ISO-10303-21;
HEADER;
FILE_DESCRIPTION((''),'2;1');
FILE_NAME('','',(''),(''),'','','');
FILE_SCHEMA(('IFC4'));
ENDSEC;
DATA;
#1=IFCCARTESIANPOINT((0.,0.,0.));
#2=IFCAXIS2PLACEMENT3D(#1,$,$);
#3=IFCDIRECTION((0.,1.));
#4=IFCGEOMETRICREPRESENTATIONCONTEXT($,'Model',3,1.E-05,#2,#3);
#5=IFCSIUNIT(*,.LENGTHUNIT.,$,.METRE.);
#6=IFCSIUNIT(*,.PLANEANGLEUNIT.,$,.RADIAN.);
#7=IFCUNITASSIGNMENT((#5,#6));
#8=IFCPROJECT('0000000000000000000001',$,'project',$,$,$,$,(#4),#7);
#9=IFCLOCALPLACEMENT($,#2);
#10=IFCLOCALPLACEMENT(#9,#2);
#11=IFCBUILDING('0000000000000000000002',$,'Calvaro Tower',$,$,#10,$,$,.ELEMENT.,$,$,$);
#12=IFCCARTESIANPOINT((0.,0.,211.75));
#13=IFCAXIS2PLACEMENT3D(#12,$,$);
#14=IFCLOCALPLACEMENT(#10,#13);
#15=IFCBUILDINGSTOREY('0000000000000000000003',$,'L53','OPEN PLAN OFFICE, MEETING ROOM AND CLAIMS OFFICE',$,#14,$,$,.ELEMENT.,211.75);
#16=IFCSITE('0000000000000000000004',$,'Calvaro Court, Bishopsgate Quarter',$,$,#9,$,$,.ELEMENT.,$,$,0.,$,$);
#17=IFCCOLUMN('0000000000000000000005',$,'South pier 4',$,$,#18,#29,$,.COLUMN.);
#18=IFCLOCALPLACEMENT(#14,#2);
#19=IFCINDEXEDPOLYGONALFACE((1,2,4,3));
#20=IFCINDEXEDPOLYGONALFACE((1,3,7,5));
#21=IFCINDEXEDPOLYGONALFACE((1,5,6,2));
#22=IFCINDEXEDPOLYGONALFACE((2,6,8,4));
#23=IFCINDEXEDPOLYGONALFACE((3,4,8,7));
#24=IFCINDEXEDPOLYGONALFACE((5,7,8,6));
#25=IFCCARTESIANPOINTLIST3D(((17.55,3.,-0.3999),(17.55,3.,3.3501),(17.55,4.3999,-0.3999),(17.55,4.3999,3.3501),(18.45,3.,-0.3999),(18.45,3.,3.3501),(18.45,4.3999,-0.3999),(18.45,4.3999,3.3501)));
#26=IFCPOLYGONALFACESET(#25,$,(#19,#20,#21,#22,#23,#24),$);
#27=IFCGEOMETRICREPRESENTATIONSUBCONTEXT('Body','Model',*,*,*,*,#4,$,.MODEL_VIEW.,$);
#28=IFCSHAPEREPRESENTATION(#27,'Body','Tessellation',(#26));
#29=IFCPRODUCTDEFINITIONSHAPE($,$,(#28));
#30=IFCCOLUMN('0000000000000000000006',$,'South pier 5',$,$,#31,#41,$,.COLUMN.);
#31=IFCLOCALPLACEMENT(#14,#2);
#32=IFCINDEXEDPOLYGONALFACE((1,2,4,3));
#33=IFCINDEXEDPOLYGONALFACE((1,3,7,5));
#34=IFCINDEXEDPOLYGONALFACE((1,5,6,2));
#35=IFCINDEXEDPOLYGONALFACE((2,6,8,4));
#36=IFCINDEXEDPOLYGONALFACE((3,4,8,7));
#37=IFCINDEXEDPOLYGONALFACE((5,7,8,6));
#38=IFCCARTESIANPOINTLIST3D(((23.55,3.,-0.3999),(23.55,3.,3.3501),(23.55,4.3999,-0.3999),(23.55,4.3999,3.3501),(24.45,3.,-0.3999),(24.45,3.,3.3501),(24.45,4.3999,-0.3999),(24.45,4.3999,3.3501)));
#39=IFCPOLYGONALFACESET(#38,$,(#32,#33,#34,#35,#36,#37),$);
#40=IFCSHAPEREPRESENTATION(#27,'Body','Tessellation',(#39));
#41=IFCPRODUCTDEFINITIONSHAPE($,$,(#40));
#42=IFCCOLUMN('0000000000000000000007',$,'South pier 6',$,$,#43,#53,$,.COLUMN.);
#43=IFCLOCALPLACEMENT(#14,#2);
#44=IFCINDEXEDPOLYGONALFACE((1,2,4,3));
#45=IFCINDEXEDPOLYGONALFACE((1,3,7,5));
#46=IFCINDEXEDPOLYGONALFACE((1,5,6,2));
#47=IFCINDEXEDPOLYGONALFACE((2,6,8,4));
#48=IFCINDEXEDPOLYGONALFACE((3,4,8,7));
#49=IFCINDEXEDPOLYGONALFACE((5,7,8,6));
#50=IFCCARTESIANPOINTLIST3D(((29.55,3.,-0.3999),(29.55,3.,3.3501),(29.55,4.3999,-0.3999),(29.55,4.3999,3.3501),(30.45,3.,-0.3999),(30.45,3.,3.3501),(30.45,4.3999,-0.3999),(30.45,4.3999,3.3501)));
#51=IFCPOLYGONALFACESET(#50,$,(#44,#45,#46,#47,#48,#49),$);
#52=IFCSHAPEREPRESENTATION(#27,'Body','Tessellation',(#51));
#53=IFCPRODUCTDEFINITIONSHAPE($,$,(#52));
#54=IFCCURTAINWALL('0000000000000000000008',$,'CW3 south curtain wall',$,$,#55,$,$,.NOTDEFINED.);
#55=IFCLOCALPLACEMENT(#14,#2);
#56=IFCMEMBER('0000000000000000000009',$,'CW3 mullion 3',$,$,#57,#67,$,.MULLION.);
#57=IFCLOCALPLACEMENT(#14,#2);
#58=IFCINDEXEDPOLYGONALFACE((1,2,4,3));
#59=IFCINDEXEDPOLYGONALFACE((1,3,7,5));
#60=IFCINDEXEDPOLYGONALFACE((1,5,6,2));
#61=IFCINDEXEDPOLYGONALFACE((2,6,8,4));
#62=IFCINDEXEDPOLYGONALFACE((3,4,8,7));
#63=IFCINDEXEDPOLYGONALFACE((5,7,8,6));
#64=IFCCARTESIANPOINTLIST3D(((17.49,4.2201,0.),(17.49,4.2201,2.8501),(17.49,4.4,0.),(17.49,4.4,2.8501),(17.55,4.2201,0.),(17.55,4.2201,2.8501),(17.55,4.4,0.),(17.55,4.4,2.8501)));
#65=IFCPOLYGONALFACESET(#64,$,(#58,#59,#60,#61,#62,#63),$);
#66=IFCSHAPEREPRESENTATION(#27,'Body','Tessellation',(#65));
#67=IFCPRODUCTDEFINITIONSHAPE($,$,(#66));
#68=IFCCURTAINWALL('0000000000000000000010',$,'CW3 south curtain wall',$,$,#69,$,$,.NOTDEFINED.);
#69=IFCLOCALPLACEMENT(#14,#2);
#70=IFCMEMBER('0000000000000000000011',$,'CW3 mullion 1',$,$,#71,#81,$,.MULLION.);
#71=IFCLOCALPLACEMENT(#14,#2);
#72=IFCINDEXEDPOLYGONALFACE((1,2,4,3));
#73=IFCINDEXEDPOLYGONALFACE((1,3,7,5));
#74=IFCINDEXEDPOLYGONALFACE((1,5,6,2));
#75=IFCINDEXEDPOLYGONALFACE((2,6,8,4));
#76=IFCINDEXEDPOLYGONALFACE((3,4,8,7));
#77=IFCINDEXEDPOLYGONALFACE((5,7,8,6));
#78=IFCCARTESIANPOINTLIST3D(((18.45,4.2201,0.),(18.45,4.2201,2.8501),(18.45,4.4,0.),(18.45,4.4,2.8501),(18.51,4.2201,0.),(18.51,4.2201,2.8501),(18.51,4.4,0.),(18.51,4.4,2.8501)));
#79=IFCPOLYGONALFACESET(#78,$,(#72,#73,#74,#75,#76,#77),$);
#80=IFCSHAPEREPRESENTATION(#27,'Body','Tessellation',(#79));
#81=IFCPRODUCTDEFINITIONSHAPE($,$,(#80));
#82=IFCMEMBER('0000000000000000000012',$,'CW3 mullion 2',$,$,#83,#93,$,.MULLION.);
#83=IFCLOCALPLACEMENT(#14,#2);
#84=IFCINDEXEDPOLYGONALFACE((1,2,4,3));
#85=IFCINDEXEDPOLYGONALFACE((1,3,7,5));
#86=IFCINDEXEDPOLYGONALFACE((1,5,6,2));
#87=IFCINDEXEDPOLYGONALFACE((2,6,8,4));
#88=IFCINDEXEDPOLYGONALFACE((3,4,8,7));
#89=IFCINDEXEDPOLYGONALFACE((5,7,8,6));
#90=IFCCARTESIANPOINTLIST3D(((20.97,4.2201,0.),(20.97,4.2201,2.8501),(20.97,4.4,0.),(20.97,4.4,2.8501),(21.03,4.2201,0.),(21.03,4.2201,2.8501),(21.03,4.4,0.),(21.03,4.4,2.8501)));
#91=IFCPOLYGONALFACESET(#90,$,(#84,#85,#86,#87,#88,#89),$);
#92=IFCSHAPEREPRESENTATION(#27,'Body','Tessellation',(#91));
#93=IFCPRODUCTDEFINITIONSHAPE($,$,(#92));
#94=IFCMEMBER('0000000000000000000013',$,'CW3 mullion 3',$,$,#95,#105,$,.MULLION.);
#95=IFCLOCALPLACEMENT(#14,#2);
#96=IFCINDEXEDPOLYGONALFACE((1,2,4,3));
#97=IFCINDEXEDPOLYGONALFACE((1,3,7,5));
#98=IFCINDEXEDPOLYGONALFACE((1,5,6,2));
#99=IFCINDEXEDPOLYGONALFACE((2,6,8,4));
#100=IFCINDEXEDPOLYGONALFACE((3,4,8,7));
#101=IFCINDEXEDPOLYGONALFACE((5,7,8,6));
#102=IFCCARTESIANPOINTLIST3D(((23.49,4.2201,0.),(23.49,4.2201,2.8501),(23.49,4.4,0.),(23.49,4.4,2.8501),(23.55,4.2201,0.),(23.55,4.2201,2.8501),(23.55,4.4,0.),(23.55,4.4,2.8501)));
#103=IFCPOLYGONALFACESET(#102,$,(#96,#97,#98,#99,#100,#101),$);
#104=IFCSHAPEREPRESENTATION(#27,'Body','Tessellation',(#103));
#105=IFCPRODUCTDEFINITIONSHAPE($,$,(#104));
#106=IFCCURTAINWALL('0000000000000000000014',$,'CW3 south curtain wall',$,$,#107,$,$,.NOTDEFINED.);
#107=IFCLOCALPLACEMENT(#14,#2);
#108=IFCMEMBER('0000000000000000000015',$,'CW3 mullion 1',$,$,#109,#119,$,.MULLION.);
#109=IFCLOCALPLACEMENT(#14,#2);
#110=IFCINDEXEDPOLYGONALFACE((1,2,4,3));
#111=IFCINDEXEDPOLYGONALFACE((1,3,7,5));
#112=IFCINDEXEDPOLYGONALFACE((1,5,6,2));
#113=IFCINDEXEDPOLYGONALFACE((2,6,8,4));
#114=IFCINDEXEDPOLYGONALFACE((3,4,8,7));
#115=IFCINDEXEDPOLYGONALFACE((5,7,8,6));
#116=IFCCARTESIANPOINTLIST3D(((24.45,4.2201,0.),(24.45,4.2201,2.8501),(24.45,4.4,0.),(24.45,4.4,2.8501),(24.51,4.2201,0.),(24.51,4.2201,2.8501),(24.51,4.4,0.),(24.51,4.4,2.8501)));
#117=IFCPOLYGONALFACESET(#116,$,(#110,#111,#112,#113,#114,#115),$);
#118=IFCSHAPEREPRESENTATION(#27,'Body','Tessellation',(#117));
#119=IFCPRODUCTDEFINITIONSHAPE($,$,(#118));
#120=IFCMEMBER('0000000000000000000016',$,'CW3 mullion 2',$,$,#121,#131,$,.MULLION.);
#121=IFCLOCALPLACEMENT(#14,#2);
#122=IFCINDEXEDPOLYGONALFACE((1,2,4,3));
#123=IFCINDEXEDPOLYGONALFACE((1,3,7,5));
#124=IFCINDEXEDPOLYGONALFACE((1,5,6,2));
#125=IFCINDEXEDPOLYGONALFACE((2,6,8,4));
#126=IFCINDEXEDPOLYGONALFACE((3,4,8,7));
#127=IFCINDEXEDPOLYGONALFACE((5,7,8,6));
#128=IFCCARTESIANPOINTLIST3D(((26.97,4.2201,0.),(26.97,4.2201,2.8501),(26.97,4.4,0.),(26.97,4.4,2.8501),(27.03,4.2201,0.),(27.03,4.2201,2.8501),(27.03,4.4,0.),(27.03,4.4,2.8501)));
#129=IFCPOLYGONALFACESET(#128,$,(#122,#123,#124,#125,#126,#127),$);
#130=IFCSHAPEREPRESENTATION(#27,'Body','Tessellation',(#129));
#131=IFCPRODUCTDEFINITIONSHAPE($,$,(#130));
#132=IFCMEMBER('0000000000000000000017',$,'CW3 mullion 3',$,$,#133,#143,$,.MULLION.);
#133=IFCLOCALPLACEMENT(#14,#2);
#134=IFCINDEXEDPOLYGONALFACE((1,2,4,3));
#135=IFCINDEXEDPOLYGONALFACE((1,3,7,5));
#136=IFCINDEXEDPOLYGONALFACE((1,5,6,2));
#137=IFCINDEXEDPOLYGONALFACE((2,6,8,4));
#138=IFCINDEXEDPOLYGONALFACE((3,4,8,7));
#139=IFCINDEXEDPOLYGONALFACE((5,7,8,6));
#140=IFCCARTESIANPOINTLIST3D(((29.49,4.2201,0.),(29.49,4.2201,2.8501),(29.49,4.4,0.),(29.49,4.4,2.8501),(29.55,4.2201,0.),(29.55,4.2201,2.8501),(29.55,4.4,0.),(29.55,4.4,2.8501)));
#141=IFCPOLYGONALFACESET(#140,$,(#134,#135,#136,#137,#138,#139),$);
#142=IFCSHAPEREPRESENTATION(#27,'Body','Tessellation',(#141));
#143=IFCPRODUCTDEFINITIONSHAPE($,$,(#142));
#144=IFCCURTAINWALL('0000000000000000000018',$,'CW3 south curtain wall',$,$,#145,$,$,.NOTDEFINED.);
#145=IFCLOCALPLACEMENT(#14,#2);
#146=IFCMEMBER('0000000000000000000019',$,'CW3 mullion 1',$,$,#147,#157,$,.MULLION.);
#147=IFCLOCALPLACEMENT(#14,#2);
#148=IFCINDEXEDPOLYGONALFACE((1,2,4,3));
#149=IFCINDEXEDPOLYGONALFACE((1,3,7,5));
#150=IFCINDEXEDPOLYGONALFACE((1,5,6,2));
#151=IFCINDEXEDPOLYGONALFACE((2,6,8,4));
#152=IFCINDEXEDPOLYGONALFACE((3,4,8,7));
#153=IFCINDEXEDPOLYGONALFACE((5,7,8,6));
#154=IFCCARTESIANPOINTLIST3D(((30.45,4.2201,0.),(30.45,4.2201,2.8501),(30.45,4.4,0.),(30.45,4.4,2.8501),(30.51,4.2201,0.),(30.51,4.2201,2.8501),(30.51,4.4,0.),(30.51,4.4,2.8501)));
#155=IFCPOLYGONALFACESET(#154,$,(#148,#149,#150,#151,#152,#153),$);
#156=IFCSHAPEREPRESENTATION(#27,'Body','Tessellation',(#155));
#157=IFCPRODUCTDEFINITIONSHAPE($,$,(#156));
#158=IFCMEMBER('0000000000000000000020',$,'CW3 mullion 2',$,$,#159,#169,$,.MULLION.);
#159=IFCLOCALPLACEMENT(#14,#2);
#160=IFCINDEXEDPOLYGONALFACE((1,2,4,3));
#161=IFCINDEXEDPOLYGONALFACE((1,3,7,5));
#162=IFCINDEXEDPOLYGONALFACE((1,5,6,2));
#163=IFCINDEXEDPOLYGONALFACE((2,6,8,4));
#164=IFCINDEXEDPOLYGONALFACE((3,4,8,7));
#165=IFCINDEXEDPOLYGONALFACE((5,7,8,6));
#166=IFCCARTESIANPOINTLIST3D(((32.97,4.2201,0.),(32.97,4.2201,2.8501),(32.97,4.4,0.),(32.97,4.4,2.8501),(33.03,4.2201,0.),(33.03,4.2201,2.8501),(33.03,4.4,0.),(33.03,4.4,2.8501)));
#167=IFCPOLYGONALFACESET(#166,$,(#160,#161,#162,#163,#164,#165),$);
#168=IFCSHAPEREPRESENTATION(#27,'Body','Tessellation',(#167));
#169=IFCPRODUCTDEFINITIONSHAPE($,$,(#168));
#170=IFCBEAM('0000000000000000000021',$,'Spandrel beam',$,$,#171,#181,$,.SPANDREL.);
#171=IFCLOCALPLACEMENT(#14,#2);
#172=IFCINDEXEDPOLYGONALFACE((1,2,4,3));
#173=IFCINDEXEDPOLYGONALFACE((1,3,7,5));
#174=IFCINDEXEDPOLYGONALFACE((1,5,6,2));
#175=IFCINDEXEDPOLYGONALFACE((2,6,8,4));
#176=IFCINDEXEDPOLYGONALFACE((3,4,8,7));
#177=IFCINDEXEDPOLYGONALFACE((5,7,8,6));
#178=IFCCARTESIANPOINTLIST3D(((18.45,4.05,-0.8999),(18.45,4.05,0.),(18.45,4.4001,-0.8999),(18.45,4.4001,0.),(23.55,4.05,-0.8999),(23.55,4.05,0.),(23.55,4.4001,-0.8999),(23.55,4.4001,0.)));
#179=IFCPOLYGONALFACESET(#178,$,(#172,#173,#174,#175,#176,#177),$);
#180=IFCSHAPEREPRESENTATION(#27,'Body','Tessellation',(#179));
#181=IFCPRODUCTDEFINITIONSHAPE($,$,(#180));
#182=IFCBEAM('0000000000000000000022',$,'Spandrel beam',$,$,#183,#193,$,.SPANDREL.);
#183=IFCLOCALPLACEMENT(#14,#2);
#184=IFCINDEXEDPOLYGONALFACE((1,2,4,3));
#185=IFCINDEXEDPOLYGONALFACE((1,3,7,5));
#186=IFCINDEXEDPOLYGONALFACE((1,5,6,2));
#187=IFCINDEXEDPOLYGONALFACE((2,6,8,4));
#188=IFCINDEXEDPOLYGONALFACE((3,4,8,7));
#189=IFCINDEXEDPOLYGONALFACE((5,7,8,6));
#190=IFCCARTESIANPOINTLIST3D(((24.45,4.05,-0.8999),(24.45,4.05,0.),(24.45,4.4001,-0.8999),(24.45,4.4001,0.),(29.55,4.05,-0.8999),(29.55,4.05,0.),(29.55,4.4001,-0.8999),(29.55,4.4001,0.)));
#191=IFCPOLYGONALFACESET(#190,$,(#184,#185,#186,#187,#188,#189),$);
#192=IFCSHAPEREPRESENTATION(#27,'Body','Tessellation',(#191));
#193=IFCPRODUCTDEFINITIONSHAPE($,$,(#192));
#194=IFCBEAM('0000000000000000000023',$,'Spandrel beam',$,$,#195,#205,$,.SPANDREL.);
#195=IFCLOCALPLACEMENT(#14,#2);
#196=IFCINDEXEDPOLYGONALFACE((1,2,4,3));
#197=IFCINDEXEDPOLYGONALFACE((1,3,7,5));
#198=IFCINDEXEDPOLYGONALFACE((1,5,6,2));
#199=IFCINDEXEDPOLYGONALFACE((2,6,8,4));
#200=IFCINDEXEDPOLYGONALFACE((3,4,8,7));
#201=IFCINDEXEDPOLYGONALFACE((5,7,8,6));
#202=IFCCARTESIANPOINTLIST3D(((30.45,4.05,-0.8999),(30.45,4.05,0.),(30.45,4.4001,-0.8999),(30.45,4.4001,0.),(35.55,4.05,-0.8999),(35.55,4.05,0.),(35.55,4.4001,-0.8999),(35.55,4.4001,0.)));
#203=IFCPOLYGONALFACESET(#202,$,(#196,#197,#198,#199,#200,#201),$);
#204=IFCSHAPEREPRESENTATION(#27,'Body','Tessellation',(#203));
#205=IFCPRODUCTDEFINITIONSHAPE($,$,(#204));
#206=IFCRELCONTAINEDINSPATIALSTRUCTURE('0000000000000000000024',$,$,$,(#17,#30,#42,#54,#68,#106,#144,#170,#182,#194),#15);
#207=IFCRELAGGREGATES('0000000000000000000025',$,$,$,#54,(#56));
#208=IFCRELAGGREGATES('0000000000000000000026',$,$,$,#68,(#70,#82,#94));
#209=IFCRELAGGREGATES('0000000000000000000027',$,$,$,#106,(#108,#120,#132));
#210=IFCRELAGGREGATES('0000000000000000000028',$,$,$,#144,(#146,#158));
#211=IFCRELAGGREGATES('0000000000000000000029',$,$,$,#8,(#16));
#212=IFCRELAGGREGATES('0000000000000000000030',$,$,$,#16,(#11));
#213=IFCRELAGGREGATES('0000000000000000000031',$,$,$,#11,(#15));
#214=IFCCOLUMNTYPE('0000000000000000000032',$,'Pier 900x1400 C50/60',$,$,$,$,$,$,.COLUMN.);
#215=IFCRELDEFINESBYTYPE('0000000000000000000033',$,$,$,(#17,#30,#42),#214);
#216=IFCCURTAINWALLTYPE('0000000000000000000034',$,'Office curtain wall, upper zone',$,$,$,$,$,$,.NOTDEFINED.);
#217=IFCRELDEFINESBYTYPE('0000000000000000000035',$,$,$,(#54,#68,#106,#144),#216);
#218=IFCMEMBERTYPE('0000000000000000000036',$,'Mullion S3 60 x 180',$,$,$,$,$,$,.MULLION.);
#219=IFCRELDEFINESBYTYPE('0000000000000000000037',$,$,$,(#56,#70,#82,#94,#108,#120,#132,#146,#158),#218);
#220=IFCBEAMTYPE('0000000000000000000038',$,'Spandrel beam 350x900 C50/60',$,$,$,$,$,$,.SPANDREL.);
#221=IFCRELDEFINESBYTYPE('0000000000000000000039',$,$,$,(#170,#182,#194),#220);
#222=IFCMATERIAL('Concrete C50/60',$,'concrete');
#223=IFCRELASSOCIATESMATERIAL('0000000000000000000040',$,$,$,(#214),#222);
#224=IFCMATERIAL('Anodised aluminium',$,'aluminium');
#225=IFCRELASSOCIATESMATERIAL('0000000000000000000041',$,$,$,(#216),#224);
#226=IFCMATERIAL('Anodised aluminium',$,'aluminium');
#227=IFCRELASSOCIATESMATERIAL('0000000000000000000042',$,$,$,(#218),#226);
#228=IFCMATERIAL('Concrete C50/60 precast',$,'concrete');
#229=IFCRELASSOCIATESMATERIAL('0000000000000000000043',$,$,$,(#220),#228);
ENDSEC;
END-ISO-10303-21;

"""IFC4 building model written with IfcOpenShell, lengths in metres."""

from ifc_helpers import new_model, si_unit, direction, frame, origin, origin_2d, place, context, subcontext, project, spatial, rectangle, extrude, material, material_profile, profile_set, type_object, element, aggregate, save


model = new_model("IFC4")

# Units and contexts
model_context = context("Model", 3, precision=1e-05, world=origin(), true_north=direction((0.0, 1.0)))
body_context = subcontext(model_context, "Body", "Model", "MODEL_VIEW")
ifc_project = project(units=[si_unit("LENGTHUNIT", "METRE"), si_unit("PLANEANGLEUNIT", "RADIAN")], contexts=[model_context])

# Site, building, storey
site_placement = place(None, origin())
site = spatial("IfcSite", under=ifc_project, at=site_placement, Name="Calvaro Court, Bishopsgate Quarter", CompositionType="ELEMENT", RefElevation=0.0)
building_placement = place(site_placement, origin())
building = spatial("IfcBuilding", under=site, at=building_placement, Name="Calvaro Tower", CompositionType="ELEMENT")
storey_placement = place(building_placement, frame((0.0, 0.0, 211.75)))
storey = spatial("IfcBuildingStorey", under=building, at=storey_placement, Name="L53", Description="OPEN PLAN OFFICE, MEETING ROOM AND CLAIMS OFFICE", CompositionType="ELEMENT", Elevation=211.75)

# Columns
ifc_material_1 = material(Name="Concrete C50/60", Category="concrete")
ifc_material_profile_1 = material_profile(ifc_material_1, rectangle(XDim=0.8999, YDim=1.3999, at=origin_2d()), Name="RC 900x1400")
ifc_profile_set_1 = profile_set([ifc_material_profile_1], Name="Concrete C50/60")
column_type = type_object("IfcColumnType", Name="Pier 900x1400 C50/60", PredefinedType="COLUMN", material=ifc_profile_set_1)
for number, where, z_axis, x_axis, name in (
    (1, (18.0, 3.7, -0.3999), (0.0, 0.0, 1.0), (1.0, 0.0, 0.0), "South pier 4"),
    (2, (24.0, 3.7, -0.3999), (0.0, 0.0, 1.0), (1.0, 0.0, 0.0), "South pier 5"),
    (3, (30.0, 3.7, -0.3999), (0.0, 0.0, 1.0), (1.0, 0.0, 0.0), "South pier 6"),
):
    element("IfcColumn", number, at=place(storey_placement, frame(where, z_axis=z_axis, x_axis=x_axis)), inside=storey, type_object=column_type, Name=name, PredefinedType="COLUMN", context=body_context, shape_type="SweptSolid", body=[
        extrude(rectangle(XDim=0.8999, YDim=1.3999, at=origin_2d()), origin(), (0.0, 0.0, 1.0), 3.75),
    ])

# Curtain wall, member
ifc_material_2 = material(Name="Anodised aluminium", Category="aluminium")
curtain_wall_type = type_object("IfcCurtainWallType", Name="Office curtain wall, upper zone", PredefinedType="NOTDEFINED", material=ifc_material_2)
curtain_wall_1_placement = place(storey_placement, origin())
curtain_wall_1 = element("IfcCurtainWall", 4, at=curtain_wall_1_placement, inside=storey, type_object=curtain_wall_type, Name="CW3 south curtain wall", PredefinedType="NOTDEFINED")
ifc_material_3 = material(Name="Anodised aluminium", Category="aluminium")
ifc_material_profile_2 = material_profile(ifc_material_3, rectangle(XDim=0.1799, YDim=0.0601, at=origin_2d()), Name="Mullion S3 60 x 180")
ifc_profile_set_2 = profile_set([ifc_material_profile_2], Name="Anodised aluminium")
member_type_1 = type_object("IfcMemberType", Name="Mullion S3 60 x 180", PredefinedType="MULLION", material=ifc_profile_set_2)
member_1_placement = place(storey_placement, frame((17.52, 4.3101, 0.0), z_axis=(0.0, 0.0, 1.0), x_axis=(0.0, 1.0, 0.0)))
member_1 = element("IfcMember", 5, at=member_1_placement, type_object=member_type_1, Name="CW3 mullion 3", PredefinedType="MULLION", context=body_context, shape_type="SweptSolid", body=[
    extrude(rectangle(XDim=0.1799, YDim=0.0601, at=origin_2d()), origin(), (0.0, 0.0, 1.0), 2.8501),
])
aggregate(curtain_wall_1, [member_1])

# Curtain walls, members
curtain_wall_2_placement = place(storey_placement, origin())
curtain_wall_2 = element("IfcCurtainWall", 6, at=curtain_wall_2_placement, inside=storey, type_object=curtain_wall_type, Name="CW3 south curtain wall", PredefinedType="NOTDEFINED")
member_2_placement = place(storey_placement, frame((18.48, 4.3101, 0.0), z_axis=(0.0, 0.0, 1.0), x_axis=(0.0, 1.0, 0.0)))
member_2 = element("IfcMember", 7, at=member_2_placement, type_object=member_type_1, Name="CW3 mullion 1", PredefinedType="MULLION", context=body_context, shape_type="SweptSolid", body=[
    extrude(rectangle(XDim=0.1799, YDim=0.0601, at=origin_2d()), origin(), (0.0, 0.0, 1.0), 2.8501),
])
member_3_placement = place(storey_placement, frame((21.0, 4.3101, 0.0), z_axis=(0.0, 0.0, 1.0), x_axis=(0.0, 1.0, 0.0)))
member_3 = element("IfcMember", 8, at=member_3_placement, type_object=member_type_1, Name="CW3 mullion 2", PredefinedType="MULLION", context=body_context, shape_type="SweptSolid", body=[
    extrude(rectangle(XDim=0.1799, YDim=0.0601, at=origin_2d()), origin(), (0.0, 0.0, 1.0), 2.8501),
])
member_4_placement = place(storey_placement, frame((23.52, 4.3101, 0.0), z_axis=(0.0, 0.0, 1.0), x_axis=(0.0, 1.0, 0.0)))
member_4 = element("IfcMember", 9, at=member_4_placement, type_object=member_type_1, Name="CW3 mullion 3", PredefinedType="MULLION", context=body_context, shape_type="SweptSolid", body=[
    extrude(rectangle(XDim=0.1799, YDim=0.0601, at=origin_2d()), origin(), (0.0, 0.0, 1.0), 2.8501),
])
curtain_wall_3_placement = place(storey_placement, origin())
curtain_wall_3 = element("IfcCurtainWall", 10, at=curtain_wall_3_placement, inside=storey, type_object=curtain_wall_type, Name="CW3 south curtain wall", PredefinedType="NOTDEFINED")
member_5_placement = place(storey_placement, frame((24.48, 4.3101, 0.0), z_axis=(0.0, 0.0, 1.0), x_axis=(0.0, 1.0, 0.0)))
member_5 = element("IfcMember", 11, at=member_5_placement, type_object=member_type_1, Name="CW3 mullion 1", PredefinedType="MULLION", context=body_context, shape_type="SweptSolid", body=[
    extrude(rectangle(XDim=0.1799, YDim=0.0601, at=origin_2d()), origin(), (0.0, 0.0, 1.0), 2.8501),
])
member_6_placement = place(storey_placement, frame((27.0, 4.3101, 0.0), z_axis=(0.0, 0.0, 1.0), x_axis=(0.0, 1.0, 0.0)))
member_6 = element("IfcMember", 12, at=member_6_placement, type_object=member_type_1, Name="CW3 mullion 2", PredefinedType="MULLION", context=body_context, shape_type="SweptSolid", body=[
    extrude(rectangle(XDim=0.1799, YDim=0.0601, at=origin_2d()), origin(), (0.0, 0.0, 1.0), 2.8501),
])
member_7_placement = place(storey_placement, frame((29.52, 4.3101, 0.0), z_axis=(0.0, 0.0, 1.0), x_axis=(0.0, 1.0, 0.0)))
member_7 = element("IfcMember", 13, at=member_7_placement, type_object=member_type_1, Name="CW3 mullion 3", PredefinedType="MULLION", context=body_context, shape_type="SweptSolid", body=[
    extrude(rectangle(XDim=0.1799, YDim=0.0601, at=origin_2d()), origin(), (0.0, 0.0, 1.0), 2.8501),
])
curtain_wall_4_placement = place(storey_placement, origin())
curtain_wall_4 = element("IfcCurtainWall", 14, at=curtain_wall_4_placement, inside=storey, type_object=curtain_wall_type, Name="CW3 south curtain wall", PredefinedType="NOTDEFINED")
member_8_placement = place(storey_placement, frame((30.48, 4.3101, 0.0), z_axis=(0.0, 0.0, 1.0), x_axis=(0.0, 1.0, 0.0)))
member_8 = element("IfcMember", 15, at=member_8_placement, type_object=member_type_1, Name="CW3 mullion 1", PredefinedType="MULLION", context=body_context, shape_type="SweptSolid", body=[
    extrude(rectangle(XDim=0.1799, YDim=0.0601, at=origin_2d()), origin(), (0.0, 0.0, 1.0), 2.8501),
])
member_9_placement = place(storey_placement, frame((33.0, 4.3101, 0.0), z_axis=(0.0, 0.0, 1.0), x_axis=(0.0, 1.0, 0.0)))
member_9 = element("IfcMember", 16, at=member_9_placement, type_object=member_type_1, Name="CW3 mullion 2", PredefinedType="MULLION", context=body_context, shape_type="SweptSolid", body=[
    extrude(rectangle(XDim=0.1799, YDim=0.0601, at=origin_2d()), origin(), (0.0, 0.0, 1.0), 2.8501),
])

# Beams
ifc_material_4 = material(Name="Concrete C50/60 precast", Category="concrete")
ifc_material_profile_3 = material_profile(ifc_material_4, rectangle(XDim=0.3501, YDim=0.8999, at=origin_2d()), Name="RC 350x900")
ifc_profile_set_3 = profile_set([ifc_material_profile_3], Name="Concrete C50/60 precast")
beam_type = type_object("IfcBeamType", Name="Spandrel beam 350x900 C50/60", PredefinedType="SPANDREL", material=ifc_profile_set_3)
for number, where, z_axis, x_axis, name in (
    (17, (18.45, 4.2251, -0.45), (1.0, 0.0, 0.0), (0.0, 1.0, 0.0), "Spandrel beam"),
    (18, (24.45, 4.2251, -0.45), (1.0, 0.0, 0.0), (0.0, 1.0, 0.0), "Spandrel beam"),
    (19, (30.45, 4.2251, -0.45), (1.0, 0.0, 0.0), (0.0, 1.0, 0.0), "Spandrel beam"),
):
    element("IfcBeam", number, at=place(storey_placement, frame(where, z_axis=z_axis, x_axis=x_axis)), inside=storey, type_object=beam_type, Name=name, PredefinedType="SPANDREL", context=body_context, shape_type="SweptSolid", body=[
        extrude(rectangle(XDim=0.3501, YDim=0.8999, at=origin_2d()), origin(), (0.0, 0.0, 1.0), 5.1001),
    ])

aggregate(curtain_wall_2, [member_2, member_3, member_4])
aggregate(curtain_wall_3, [member_5, member_6, member_7])
aggregate(curtain_wall_4, [member_8, member_9])

save(model, "model.ifc")
